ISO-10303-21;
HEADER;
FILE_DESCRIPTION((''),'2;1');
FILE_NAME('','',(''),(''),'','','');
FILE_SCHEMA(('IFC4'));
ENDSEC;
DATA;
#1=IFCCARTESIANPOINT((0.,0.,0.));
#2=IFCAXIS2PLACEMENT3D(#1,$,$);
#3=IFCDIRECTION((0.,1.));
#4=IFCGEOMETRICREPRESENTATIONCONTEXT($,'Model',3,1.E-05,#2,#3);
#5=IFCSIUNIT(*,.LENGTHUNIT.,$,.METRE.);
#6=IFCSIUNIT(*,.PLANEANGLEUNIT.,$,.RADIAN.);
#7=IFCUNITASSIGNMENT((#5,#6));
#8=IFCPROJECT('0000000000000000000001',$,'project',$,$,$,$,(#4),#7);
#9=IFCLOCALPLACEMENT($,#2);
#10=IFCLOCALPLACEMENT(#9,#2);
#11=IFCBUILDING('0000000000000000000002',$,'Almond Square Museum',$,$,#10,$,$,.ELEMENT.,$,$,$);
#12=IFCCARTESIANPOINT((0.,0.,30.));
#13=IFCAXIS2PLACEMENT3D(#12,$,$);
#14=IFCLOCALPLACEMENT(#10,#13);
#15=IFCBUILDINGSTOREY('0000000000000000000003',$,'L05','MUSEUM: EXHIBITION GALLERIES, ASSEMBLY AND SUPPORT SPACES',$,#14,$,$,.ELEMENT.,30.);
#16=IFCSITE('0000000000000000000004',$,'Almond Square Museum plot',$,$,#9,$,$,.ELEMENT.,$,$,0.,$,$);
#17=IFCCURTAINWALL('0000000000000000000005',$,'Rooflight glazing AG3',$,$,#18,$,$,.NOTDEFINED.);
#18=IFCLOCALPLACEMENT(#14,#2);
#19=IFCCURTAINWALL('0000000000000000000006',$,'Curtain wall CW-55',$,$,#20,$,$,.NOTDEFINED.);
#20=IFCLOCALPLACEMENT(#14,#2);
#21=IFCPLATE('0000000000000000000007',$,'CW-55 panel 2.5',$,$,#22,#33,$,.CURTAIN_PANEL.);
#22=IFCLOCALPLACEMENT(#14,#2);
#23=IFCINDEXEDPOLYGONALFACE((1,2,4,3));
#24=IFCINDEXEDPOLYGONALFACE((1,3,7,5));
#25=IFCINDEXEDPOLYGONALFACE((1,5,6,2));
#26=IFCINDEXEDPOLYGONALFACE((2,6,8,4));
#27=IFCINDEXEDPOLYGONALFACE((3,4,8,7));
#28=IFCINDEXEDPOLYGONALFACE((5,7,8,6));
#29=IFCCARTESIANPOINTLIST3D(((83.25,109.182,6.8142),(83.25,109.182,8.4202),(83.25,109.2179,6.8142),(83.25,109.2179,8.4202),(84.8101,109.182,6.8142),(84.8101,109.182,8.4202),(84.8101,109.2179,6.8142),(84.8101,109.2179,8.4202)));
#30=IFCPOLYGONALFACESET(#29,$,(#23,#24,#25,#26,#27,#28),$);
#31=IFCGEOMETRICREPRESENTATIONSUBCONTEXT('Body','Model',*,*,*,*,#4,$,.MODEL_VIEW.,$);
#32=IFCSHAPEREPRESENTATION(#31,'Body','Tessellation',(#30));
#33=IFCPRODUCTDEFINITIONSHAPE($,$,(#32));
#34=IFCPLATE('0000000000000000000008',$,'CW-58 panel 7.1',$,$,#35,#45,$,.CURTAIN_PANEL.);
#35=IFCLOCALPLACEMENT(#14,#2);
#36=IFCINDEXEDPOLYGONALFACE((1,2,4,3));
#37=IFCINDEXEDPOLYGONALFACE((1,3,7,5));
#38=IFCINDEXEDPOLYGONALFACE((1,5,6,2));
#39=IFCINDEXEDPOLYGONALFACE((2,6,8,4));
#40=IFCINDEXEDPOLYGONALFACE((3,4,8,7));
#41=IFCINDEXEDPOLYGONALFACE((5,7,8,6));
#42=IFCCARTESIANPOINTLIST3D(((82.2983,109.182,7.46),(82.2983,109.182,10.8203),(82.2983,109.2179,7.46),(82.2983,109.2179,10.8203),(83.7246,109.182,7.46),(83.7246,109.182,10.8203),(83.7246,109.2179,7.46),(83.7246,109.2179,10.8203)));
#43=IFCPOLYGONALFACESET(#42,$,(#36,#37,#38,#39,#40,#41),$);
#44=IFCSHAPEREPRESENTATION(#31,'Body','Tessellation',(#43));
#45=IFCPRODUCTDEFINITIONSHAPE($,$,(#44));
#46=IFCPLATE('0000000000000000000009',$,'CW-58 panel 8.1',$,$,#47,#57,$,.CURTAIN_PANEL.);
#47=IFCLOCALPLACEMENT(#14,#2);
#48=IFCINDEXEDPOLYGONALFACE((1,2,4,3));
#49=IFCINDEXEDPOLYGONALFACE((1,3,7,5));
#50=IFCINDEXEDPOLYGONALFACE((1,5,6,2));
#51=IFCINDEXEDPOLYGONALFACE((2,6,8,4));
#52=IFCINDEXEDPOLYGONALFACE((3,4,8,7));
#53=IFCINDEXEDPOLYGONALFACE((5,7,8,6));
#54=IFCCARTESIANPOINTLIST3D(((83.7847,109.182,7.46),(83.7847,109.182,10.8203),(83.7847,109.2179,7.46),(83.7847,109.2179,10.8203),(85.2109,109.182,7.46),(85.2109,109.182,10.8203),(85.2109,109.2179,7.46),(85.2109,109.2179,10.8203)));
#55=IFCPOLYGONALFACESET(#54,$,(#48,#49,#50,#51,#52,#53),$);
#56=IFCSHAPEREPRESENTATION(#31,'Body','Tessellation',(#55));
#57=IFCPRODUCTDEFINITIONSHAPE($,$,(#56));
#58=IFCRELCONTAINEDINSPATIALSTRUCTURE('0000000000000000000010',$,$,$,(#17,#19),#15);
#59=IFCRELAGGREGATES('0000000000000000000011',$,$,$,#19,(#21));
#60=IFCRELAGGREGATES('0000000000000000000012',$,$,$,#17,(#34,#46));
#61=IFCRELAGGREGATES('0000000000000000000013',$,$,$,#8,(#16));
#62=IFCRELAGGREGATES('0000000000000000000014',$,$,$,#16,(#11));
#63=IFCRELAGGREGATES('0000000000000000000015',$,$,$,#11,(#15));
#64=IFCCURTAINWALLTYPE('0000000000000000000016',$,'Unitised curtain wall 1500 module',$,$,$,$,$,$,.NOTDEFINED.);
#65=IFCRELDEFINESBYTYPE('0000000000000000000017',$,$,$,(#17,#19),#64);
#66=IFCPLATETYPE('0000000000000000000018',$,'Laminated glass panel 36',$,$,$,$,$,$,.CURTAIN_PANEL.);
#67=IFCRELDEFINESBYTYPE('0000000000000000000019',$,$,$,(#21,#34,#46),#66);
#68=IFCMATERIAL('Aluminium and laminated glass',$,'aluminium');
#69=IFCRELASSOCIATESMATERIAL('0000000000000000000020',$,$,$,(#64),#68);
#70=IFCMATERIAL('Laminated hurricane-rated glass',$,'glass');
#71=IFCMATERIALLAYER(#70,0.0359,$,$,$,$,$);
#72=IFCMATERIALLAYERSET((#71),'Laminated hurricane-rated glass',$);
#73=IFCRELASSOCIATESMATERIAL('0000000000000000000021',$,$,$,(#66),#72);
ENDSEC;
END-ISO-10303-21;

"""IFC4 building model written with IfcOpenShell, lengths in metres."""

from ifc_helpers import new_model, si_unit, direction, frame, origin, origin_2d, place, context, subcontext, project, spatial, rectangle, extrude, material, layer, layer_set, type_object, element, aggregate, save


model = new_model("IFC4")

# Units and contexts
model_context = context("Model", 3, precision=1e-05, world=origin(), true_north=direction((0.0, 1.0)))
body_context = subcontext(model_context, "Body", "Model", "MODEL_VIEW")
ifc_project = project(units=[si_unit("LENGTHUNIT", "METRE"), si_unit("PLANEANGLEUNIT", "RADIAN")], contexts=[model_context])

# Site, building, storey
site_placement = place(None, origin())
site = spatial("IfcSite", under=ifc_project, at=site_placement, Name="Almond Square Museum plot", CompositionType="ELEMENT", RefElevation=0.0)
building_placement = place(site_placement, origin())
building = spatial("IfcBuilding", under=site, at=building_placement, Name="Almond Square Museum", CompositionType="ELEMENT")
storey_placement = place(building_placement, frame((0.0, 0.0, 30.0)))
storey = spatial("IfcBuildingStorey", under=building, at=storey_placement, Name="L05", Description="MUSEUM: EXHIBITION GALLERIES, ASSEMBLY AND SUPPORT SPACES", CompositionType="ELEMENT", Elevation=30.0)

# Curtain walls
ifc_material_1 = material(Name="Aluminium and laminated glass", Category="aluminium")
curtain_wall_type = type_object("IfcCurtainWallType", Name="Unitised curtain wall 1500 module", PredefinedType="NOTDEFINED", material=ifc_material_1)
curtain_wall_1_placement = place(storey_placement, origin())
curtain_wall_1 = element("IfcCurtainWall", 1, at=curtain_wall_1_placement, inside=storey, type_object=curtain_wall_type, Name="Rooflight glazing AG3", PredefinedType="NOTDEFINED")
curtain_wall_2_placement = place(storey_placement, origin())
curtain_wall_2 = element("IfcCurtainWall", 2, at=curtain_wall_2_placement, inside=storey, type_object=curtain_wall_type, Name="Curtain wall CW-55", PredefinedType="NOTDEFINED")

# Plates
ifc_material_2 = material(Name="Laminated hurricane-rated glass", Category="glass")
ifc_layer = layer(ifc_material_2, 0.0359)
ifc_layer_set = layer_set([ifc_layer], Name="Laminated hurricane-rated glass")
plate_type = type_object("IfcPlateType", Name="Laminated glass panel 36", PredefinedType="CURTAIN_PANEL", material=ifc_layer_set)
plate_1_placement = place(storey_placement, frame((84.03, 109.2, 6.8142), z_axis=(0.0, 0.0, 1.0), x_axis=(1.0, 0.0, 0.0)))
plate_1 = element("IfcPlate", 3, at=plate_1_placement, type_object=plate_type, Name="CW-55 panel 2.5", PredefinedType="CURTAIN_PANEL", context=body_context, shape_type="SweptSolid", body=[
    extrude(rectangle(XDim=1.5601, YDim=0.0359, at=origin_2d()), origin(), (0.0, 0.0, 1.0), 1.606),
])
aggregate(curtain_wall_2, [plate_1])
plate_2_placement = place(storey_placement, frame((83.0115, 109.2, 7.46), z_axis=(0.0, 0.0, 1.0), x_axis=(1.0, 0.0, 0.0)))
plate_2 = element("IfcPlate", 4, at=plate_2_placement, type_object=plate_type, Name="CW-58 panel 7.1", PredefinedType="CURTAIN_PANEL", context=body_context, shape_type="SweptSolid", body=[
    extrude(rectangle(XDim=1.4263, YDim=0.0359, at=origin_2d()), origin(), (0.0, 0.0, 1.0), 3.3604),
])
plate_3_placement = place(storey_placement, frame((84.4978, 109.2, 7.46), z_axis=(0.0, 0.0, 1.0), x_axis=(1.0, 0.0, 0.0)))
plate_3 = element("IfcPlate", 5, at=plate_3_placement, type_object=plate_type, Name="CW-58 panel 8.1", PredefinedType="CURTAIN_PANEL", context=body_context, shape_type="SweptSolid", body=[
    extrude(rectangle(XDim=1.4263, YDim=0.0359, at=origin_2d()), origin(), (0.0, 0.0, 1.0), 3.3604),
])
aggregate(curtain_wall_1, [plate_2, plate_3])

save(model, "model.ifc")
